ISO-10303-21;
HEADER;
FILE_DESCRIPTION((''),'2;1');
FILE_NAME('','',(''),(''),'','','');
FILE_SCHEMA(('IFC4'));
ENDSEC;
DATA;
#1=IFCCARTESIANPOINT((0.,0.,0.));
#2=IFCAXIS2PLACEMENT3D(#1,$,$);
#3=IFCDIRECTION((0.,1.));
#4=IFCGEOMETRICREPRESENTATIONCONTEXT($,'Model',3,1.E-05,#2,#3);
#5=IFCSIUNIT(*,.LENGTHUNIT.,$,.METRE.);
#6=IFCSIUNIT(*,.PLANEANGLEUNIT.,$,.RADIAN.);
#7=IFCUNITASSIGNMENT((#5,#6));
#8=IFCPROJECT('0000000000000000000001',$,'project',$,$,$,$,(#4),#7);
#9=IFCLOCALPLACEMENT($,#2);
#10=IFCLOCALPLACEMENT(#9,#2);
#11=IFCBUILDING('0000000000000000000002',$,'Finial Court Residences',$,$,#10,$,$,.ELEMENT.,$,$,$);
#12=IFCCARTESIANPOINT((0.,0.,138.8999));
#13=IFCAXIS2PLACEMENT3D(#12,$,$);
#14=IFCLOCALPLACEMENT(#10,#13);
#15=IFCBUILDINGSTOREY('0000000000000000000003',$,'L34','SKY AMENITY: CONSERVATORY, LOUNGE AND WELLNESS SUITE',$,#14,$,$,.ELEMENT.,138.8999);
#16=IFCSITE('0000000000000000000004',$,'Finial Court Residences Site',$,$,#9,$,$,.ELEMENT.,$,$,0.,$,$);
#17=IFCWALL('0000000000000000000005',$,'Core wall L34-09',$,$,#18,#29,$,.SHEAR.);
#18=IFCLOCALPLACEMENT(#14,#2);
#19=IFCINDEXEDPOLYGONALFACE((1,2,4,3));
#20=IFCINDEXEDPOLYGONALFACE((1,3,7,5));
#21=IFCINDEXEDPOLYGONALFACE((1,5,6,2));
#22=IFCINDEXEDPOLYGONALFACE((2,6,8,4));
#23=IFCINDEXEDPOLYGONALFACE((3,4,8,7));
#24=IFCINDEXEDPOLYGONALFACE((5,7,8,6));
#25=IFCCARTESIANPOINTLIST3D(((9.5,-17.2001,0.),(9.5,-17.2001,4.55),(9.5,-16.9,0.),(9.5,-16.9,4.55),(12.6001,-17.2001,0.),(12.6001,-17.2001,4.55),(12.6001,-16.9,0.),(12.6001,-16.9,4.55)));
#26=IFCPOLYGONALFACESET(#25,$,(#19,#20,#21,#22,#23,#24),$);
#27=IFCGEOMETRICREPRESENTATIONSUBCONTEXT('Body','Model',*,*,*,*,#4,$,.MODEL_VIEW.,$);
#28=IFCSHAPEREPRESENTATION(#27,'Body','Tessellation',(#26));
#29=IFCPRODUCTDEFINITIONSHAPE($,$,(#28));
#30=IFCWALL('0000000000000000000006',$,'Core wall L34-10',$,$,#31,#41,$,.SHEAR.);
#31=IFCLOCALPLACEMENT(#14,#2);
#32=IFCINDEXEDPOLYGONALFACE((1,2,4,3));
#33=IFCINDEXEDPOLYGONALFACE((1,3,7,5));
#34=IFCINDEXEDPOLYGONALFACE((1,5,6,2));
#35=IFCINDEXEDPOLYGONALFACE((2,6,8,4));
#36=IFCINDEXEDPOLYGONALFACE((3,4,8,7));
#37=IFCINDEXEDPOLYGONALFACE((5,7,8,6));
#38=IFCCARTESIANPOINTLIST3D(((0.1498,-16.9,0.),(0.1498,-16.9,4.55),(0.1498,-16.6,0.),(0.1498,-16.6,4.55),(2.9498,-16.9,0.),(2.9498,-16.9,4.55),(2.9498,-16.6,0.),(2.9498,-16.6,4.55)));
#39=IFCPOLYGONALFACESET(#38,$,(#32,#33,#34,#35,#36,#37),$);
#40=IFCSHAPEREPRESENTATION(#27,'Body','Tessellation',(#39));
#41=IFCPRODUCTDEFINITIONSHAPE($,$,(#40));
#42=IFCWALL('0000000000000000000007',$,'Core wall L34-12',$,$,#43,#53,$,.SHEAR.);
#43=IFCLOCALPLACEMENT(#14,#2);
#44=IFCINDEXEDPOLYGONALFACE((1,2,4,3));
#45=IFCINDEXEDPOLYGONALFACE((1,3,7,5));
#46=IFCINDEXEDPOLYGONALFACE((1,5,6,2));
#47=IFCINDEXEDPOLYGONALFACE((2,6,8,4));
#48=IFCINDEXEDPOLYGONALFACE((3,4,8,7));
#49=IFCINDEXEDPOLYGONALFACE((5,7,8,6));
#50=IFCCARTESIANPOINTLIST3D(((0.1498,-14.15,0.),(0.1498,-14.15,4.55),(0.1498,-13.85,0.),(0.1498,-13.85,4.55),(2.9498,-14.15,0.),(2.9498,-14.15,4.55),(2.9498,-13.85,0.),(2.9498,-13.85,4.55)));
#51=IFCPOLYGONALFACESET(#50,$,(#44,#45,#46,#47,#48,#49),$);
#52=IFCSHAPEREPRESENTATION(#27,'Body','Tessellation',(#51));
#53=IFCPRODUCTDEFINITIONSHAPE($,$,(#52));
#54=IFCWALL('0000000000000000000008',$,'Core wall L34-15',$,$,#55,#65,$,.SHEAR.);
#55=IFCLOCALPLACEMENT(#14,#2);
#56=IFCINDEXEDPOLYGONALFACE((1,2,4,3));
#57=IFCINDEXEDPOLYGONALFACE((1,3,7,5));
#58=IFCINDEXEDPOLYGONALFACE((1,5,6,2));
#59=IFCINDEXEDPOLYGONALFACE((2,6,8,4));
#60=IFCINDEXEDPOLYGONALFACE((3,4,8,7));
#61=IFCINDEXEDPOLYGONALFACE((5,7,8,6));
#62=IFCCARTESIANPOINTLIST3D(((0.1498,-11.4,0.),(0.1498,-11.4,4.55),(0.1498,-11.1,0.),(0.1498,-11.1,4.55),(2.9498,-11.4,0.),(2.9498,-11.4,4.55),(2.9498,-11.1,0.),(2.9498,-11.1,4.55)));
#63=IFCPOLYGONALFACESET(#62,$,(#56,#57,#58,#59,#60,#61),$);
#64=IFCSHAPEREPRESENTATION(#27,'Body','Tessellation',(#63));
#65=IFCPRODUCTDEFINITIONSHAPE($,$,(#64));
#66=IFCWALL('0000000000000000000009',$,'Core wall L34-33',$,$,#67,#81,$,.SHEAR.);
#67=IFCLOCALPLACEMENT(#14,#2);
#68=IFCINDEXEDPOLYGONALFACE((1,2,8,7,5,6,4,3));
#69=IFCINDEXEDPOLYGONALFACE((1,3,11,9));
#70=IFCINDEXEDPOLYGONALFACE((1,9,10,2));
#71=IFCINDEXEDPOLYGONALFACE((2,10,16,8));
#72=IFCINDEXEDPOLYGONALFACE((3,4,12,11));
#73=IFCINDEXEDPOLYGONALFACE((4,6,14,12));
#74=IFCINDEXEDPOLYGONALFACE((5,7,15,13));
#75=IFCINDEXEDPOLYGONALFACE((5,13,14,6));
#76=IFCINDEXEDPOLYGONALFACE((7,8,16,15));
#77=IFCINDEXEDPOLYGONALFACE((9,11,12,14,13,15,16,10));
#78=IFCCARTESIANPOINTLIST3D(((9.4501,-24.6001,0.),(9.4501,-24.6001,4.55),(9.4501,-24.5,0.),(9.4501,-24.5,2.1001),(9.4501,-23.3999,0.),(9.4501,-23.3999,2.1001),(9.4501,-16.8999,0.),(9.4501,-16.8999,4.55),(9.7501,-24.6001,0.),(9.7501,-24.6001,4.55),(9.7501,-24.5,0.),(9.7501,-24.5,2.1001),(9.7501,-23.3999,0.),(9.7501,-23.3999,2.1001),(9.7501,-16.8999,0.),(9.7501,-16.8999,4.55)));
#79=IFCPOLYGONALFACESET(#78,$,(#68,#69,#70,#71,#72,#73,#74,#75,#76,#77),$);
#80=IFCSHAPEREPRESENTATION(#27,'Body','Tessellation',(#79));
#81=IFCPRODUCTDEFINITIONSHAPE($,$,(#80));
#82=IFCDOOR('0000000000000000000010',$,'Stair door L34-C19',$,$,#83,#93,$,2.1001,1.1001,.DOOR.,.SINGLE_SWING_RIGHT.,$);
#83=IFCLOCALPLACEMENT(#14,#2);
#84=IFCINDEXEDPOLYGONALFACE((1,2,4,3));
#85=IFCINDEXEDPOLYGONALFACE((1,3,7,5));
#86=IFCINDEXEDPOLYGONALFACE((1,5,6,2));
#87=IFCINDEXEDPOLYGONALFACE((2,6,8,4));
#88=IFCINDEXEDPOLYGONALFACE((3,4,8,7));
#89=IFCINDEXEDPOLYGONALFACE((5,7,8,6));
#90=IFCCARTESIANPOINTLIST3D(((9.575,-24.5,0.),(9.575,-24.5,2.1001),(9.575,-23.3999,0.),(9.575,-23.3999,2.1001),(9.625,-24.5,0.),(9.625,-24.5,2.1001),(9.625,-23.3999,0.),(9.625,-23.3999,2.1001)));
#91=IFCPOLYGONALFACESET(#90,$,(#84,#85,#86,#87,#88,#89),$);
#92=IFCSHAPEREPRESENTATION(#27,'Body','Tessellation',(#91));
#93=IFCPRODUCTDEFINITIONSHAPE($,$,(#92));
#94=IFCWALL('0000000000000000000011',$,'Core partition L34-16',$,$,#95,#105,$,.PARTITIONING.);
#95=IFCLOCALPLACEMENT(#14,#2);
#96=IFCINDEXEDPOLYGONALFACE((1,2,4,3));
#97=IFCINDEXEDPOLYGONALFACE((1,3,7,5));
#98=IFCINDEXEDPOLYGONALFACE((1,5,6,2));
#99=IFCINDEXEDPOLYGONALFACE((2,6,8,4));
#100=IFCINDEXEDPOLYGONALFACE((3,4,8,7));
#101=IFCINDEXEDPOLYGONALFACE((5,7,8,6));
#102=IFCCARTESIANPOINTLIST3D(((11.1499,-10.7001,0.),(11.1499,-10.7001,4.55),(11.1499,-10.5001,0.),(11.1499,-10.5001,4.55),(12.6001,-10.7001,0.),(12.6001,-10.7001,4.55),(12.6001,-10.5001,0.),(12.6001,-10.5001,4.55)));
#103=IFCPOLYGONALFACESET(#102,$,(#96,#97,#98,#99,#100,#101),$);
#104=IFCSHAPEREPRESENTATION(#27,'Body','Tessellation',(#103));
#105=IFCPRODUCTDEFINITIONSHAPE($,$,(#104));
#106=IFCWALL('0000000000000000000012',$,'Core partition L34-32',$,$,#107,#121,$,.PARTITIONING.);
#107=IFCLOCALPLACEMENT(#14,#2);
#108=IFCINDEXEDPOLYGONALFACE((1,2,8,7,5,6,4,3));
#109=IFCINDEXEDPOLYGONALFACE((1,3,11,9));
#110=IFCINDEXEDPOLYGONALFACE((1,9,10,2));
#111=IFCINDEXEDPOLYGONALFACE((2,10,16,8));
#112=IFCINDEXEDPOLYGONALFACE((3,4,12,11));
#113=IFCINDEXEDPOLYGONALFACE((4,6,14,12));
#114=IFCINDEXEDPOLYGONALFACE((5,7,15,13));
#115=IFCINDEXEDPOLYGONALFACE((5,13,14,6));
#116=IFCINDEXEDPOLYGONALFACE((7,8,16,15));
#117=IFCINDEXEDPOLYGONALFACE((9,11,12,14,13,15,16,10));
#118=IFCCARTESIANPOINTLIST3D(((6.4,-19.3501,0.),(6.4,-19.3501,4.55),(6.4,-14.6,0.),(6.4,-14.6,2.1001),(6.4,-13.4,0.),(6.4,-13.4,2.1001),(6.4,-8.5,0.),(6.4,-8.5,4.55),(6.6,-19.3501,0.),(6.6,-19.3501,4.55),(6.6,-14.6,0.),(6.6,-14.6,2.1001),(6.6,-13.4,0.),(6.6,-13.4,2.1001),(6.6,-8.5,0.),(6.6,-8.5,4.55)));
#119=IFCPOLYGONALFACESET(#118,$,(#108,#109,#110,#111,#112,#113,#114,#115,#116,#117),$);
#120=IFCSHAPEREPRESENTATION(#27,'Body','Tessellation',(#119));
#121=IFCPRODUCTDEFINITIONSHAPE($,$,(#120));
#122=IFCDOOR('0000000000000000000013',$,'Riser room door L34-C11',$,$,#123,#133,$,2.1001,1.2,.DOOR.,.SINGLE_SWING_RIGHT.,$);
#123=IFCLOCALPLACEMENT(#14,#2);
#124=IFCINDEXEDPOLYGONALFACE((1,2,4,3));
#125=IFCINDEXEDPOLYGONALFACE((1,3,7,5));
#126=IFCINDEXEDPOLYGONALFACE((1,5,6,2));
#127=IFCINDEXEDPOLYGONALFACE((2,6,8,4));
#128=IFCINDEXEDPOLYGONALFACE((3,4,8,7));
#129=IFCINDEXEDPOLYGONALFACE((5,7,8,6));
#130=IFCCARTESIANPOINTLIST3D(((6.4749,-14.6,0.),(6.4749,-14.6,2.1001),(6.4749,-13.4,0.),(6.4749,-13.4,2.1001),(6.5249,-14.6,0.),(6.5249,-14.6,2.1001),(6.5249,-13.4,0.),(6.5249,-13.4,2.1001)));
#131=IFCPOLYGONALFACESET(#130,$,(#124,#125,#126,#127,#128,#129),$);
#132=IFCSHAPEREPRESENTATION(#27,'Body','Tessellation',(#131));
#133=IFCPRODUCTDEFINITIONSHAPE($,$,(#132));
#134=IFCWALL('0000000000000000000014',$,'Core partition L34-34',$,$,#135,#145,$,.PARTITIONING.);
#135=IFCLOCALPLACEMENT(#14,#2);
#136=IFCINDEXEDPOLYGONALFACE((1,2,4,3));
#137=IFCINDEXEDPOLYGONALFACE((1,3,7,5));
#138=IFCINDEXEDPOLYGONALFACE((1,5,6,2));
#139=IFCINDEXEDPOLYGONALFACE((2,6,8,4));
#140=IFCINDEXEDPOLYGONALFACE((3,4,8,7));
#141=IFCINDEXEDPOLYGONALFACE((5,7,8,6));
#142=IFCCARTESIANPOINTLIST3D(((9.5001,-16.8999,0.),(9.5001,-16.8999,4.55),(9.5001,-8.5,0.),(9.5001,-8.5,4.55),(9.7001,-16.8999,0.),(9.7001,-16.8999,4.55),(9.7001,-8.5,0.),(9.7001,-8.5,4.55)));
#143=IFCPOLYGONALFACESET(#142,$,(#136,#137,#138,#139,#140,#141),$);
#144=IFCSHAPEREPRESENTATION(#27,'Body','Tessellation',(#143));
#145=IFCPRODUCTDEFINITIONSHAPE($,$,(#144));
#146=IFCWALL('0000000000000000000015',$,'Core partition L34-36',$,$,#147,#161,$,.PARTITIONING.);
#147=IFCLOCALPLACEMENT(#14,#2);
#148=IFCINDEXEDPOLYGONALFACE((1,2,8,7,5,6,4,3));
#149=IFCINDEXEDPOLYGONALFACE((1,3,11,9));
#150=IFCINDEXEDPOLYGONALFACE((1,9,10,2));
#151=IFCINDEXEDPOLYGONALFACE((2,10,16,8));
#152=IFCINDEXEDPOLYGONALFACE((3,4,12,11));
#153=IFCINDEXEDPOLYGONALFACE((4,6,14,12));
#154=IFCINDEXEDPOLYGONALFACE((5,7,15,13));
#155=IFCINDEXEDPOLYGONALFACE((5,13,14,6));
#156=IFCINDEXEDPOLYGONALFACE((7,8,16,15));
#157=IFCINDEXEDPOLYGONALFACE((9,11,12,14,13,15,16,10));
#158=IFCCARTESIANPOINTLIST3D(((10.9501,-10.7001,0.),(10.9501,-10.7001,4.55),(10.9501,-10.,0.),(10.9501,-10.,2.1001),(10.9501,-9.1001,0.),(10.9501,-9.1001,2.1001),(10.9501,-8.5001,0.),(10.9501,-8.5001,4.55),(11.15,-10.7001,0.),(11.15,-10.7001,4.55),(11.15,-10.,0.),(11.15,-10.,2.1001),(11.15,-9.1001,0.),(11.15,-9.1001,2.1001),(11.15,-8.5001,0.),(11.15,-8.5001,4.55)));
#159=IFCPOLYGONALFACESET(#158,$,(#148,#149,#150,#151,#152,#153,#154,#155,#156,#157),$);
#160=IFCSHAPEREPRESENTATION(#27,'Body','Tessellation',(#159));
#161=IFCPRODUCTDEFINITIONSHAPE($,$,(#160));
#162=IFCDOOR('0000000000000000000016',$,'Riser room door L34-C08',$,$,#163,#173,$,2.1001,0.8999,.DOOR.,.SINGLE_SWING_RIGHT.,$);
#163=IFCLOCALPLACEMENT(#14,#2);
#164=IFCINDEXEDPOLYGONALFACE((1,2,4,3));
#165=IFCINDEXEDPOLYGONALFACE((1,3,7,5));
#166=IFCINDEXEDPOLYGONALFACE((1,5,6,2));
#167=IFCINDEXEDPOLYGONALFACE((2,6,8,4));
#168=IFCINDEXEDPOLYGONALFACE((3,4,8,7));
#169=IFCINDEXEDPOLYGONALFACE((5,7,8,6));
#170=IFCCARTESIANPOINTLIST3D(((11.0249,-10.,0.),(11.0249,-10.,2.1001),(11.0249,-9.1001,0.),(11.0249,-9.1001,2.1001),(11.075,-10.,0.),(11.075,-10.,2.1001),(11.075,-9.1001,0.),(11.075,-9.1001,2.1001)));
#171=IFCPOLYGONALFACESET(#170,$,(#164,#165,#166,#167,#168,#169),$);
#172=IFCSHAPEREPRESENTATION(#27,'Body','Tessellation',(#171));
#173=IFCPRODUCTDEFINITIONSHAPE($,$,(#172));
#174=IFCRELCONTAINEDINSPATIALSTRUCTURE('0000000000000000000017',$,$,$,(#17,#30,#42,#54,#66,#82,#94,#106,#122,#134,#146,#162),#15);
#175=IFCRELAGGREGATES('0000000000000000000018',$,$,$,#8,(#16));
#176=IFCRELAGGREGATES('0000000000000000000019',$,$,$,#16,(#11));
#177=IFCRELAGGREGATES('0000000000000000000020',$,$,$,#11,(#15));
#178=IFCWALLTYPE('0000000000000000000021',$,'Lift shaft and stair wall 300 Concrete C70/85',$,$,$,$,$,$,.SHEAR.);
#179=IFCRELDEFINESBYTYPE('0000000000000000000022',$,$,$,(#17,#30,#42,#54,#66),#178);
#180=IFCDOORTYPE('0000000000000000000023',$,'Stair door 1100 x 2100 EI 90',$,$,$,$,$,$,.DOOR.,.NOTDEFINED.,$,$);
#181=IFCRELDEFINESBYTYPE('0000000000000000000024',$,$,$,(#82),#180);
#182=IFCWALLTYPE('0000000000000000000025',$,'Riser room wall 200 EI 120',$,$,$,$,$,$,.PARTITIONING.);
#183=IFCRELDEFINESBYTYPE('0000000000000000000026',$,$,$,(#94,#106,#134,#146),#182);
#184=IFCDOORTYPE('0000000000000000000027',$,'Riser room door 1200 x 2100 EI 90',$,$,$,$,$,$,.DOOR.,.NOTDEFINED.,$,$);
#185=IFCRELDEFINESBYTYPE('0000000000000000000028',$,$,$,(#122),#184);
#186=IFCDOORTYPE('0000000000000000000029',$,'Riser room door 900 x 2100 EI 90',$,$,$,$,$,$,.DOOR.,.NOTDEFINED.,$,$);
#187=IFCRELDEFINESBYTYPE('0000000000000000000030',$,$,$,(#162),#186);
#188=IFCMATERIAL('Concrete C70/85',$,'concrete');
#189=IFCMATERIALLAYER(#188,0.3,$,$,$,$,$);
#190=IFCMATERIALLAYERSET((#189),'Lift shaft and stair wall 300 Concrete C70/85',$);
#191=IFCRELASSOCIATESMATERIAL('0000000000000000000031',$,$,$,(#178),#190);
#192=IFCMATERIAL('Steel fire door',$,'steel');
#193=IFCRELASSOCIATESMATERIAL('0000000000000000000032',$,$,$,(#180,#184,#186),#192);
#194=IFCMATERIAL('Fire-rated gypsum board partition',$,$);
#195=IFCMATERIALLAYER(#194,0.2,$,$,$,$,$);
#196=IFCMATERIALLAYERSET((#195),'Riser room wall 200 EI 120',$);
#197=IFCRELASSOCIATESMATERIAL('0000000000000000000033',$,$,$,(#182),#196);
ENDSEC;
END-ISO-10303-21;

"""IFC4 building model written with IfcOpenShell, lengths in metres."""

from ifc_helpers import new_model, si_unit, direction, frame, frame_2d, origin, place, context, subcontext, project, spatial, rectangle, extrude, material, layer, layer_set, type_object, element, fill, save


model = new_model("IFC4")

# Units and contexts
model_context = context("Model", 3, precision=1e-05, world=origin(), true_north=direction((0.0, 1.0)))
body_context = subcontext(model_context, "Body", "Model", "MODEL_VIEW")
ifc_project = project(units=[si_unit("LENGTHUNIT", "METRE"), si_unit("PLANEANGLEUNIT", "RADIAN")], contexts=[model_context])

# Site, building, storey
site_placement = place(None, origin())
site = spatial("IfcSite", under=ifc_project, at=site_placement, Name="Finial Court Residences Site", CompositionType="ELEMENT", RefElevation=0.0)
building_placement = place(site_placement, origin())
building = spatial("IfcBuilding", under=site, at=building_placement, Name="Finial Court Residences", CompositionType="ELEMENT")
storey_placement = place(building_placement, frame((0.0, 0.0, 138.8999)))
storey = spatial("IfcBuildingStorey", under=building, at=storey_placement, Name="L34", Description="SKY AMENITY: CONSERVATORY, LOUNGE AND WELLNESS SUITE", CompositionType="ELEMENT", Elevation=138.8999)

# Shared definitions
ifc_material_1 = material(Name="Concrete C70/85", Category="concrete")

# Walls
ifc_layer_1 = layer(ifc_material_1, 0.3)
ifc_layer_set_1 = layer_set([ifc_layer_1], Name="Lift shaft and stair wall 300 Concrete C70/85")
wall_type_1 = type_object("IfcWallType", Name="Lift shaft and stair wall 300 Concrete C70/85", PredefinedType="SHEAR", material=ifc_layer_set_1)
wall_1_placement = place(storey_placement, frame((9.5, -17.05, 0.0), z_axis=(0.0, 0.0, 1.0), x_axis=(1.0, 0.0, 0.0)))
element("IfcWall", 1, at=wall_1_placement, inside=storey, type_object=wall_type_1, Name="Core wall L34-09", PredefinedType="SHEAR", context=body_context, shape_type="SweptSolid", body=[
    extrude(rectangle(XDim=3.1001, YDim=0.3, at=frame_2d((1.55, 0.0))), origin(), (0.0, 0.0, 1.0), 4.55),
])
for number, where, z_axis, x_axis, name in (
    (2, (0.1499, -16.75, 0.0), (0.0, 0.0, 1.0), (1.0, 0.0, 0.0), "Core wall L34-10"),
    (3, (0.1499, -14.0, 0.0), (0.0, 0.0, 1.0), (1.0, 0.0, 0.0), "Core wall L34-12"),
    (4, (0.1499, -11.25, 0.0), (0.0, 0.0, 1.0), (1.0, 0.0, 0.0), "Core wall L34-15"),
):
    element("IfcWall", number, at=place(storey_placement, frame(where, z_axis=z_axis, x_axis=x_axis)), inside=storey, type_object=wall_type_1, Name=name, PredefinedType="SHEAR", context=body_context, shape_type="SweptSolid", body=[
        extrude(rectangle(XDim=2.8, YDim=0.3, at=frame_2d((1.3999, 0.0))), origin(), (0.0, 0.0, 1.0), 4.55),
    ])

# Wall, opening, door
wall_2_placement = place(storey_placement, frame((9.6001, -16.8999, 0.0), z_axis=(0.0, 0.0, 1.0), x_axis=(0.0, -1.0, 0.0)))
wall_2 = element("IfcWall", 5, at=wall_2_placement, inside=storey, type_object=wall_type_1, Name="Core wall L34-33", PredefinedType="SHEAR", context=body_context, shape_type="SweptSolid", body=[
    extrude(rectangle(XDim=7.7002, YDim=0.3, at=frame_2d((3.8501, 0.0))), origin(), (0.0, 0.0, 1.0), 4.55),
])
opening_1_placement = place(wall_2_placement, frame((6.5, 0.0, 0.0)))
opening_1 = element("IfcOpeningElement", 6, at=opening_1_placement, cuts=wall_2, PredefinedType="OPENING", context=body_context, shape_type="SweptSolid", body=[
    extrude(rectangle(XDim=1.1001, YDim=2.1001, at=frame_2d((0.55, 1.05))), frame((0.0, 0.1599, 0.0), z_axis=(0.0, -1.0, 0.0), x_axis=(1.0, 0.0, 0.0)), (0.0, 0.0, 1.0), 0.3201),
])
ifc_material_2 = material(Name="Steel fire door", Category="steel")
door_type_1 = type_object("IfcDoorType", Name="Stair door 1100 x 2100 EI 90", OperationType="NOTDEFINED", PredefinedType="DOOR", material=ifc_material_2)
door_1_placement = place(opening_1_placement, origin())
door_1 = element("IfcDoor", 7, at=door_1_placement, inside=storey, type_object=door_type_1, Name="Stair door L34-C19", OperationType="SINGLE_SWING_RIGHT", OverallHeight=2.1001, OverallWidth=1.1001, PredefinedType="DOOR", context=body_context, shape_type="SweptSolid", body=[
    extrude(rectangle(XDim=1.1001, YDim=2.1001, at=frame_2d((0.55, 1.05))), frame((0.0, 0.0249, 0.0), z_axis=(0.0, -1.0, 0.0), x_axis=(1.0, 0.0, 0.0)), (0.0, 0.0, 1.0), 0.05),
])
fill(opening_1, door_1)

# Wall
ifc_material_3 = material(Name="Fire-rated gypsum board partition")
ifc_layer_2 = layer(ifc_material_3, 0.2)
ifc_layer_set_2 = layer_set([ifc_layer_2], Name="Riser room wall 200 EI 120")
wall_type_2 = type_object("IfcWallType", Name="Riser room wall 200 EI 120", PredefinedType="PARTITIONING", material=ifc_layer_set_2)
wall_3_placement = place(storey_placement, frame((11.1499, -10.6001, 0.0), z_axis=(0.0, 0.0, 1.0), x_axis=(1.0, 0.0, 0.0)))
element("IfcWall", 8, at=wall_3_placement, inside=storey, type_object=wall_type_2, Name="Core partition L34-16", PredefinedType="PARTITIONING", context=body_context, shape_type="SweptSolid", body=[
    extrude(rectangle(XDim=1.4502, YDim=0.2, at=frame_2d((0.7251, 0.0))), origin(), (0.0, 0.0, 1.0), 4.55),
])

# Wall, opening, door
wall_4_placement = place(storey_placement, frame((6.5, -8.5, 0.0), z_axis=(0.0, 0.0, 1.0), x_axis=(0.0, -1.0, 0.0)))
wall_4 = element("IfcWall", 9, at=wall_4_placement, inside=storey, type_object=wall_type_2, Name="Core partition L34-32", PredefinedType="PARTITIONING", context=body_context, shape_type="SweptSolid", body=[
    extrude(rectangle(XDim=10.8501, YDim=0.2, at=frame_2d((5.425, 0.0))), origin(), (0.0, 0.0, 1.0), 4.55),
])
opening_2_placement = place(wall_4_placement, frame((4.8999, 0.0, 0.0)))
opening_2 = element("IfcOpeningElement", 10, at=opening_2_placement, cuts=wall_4, PredefinedType="OPENING", context=body_context, shape_type="SweptSolid", body=[
    extrude(rectangle(XDim=1.2, YDim=2.1001, at=frame_2d((0.6001, 1.05))), frame((0.0, 0.1099, 0.0), z_axis=(0.0, -1.0, 0.0), x_axis=(1.0, 0.0, 0.0)), (0.0, 0.0, 1.0), 0.22),
])
door_type_2 = type_object("IfcDoorType", Name="Riser room door 1200 x 2100 EI 90", OperationType="NOTDEFINED", PredefinedType="DOOR", material=ifc_material_2)
door_2_placement = place(opening_2_placement, origin())
door_2 = element("IfcDoor", 11, at=door_2_placement, inside=storey, type_object=door_type_2, Name="Riser room door L34-C11", OperationType="SINGLE_SWING_RIGHT", OverallHeight=2.1001, OverallWidth=1.2, PredefinedType="DOOR", context=body_context, shape_type="SweptSolid", body=[
    extrude(rectangle(XDim=1.2, YDim=2.1001, at=frame_2d((0.6001, 1.05))), frame((0.0, 0.0249, 0.0), z_axis=(0.0, -1.0, 0.0), x_axis=(1.0, 0.0, 0.0)), (0.0, 0.0, 1.0), 0.05),
])
fill(opening_2, door_2)

# Wall
wall_5_placement = place(storey_placement, frame((9.6001, -16.8999, 0.0), z_axis=(0.0, 0.0, 1.0), x_axis=(0.0, 1.0, 0.0)))
element("IfcWall", 12, at=wall_5_placement, inside=storey, type_object=wall_type_2, Name="Core partition L34-34", PredefinedType="PARTITIONING", context=body_context, shape_type="SweptSolid", body=[
    extrude(rectangle(XDim=8.3999, YDim=0.2, at=frame_2d((4.2, 0.0))), origin(), (0.0, 0.0, 1.0), 4.55),
])

# Wall, opening, door
wall_6_placement = place(storey_placement, frame((11.05, -8.5, 0.0), z_axis=(0.0, 0.0, 1.0), x_axis=(0.0, -1.0, 0.0)))
wall_6 = element("IfcWall", 13, at=wall_6_placement, inside=storey, type_object=wall_type_2, Name="Core partition L34-36", PredefinedType="PARTITIONING", context=body_context, shape_type="SweptSolid", body=[
    extrude(rectangle(XDim=2.2, YDim=0.2, at=frame_2d((1.1001, 0.0))), origin(), (0.0, 0.0, 1.0), 4.55),
])
opening_3_placement = place(wall_6_placement, frame((0.6001, 0.0, 0.0)))
opening_3 = element("IfcOpeningElement", 14, at=opening_3_placement, cuts=wall_6, PredefinedType="OPENING", context=body_context, shape_type="SweptSolid", body=[
    extrude(rectangle(XDim=0.8999, YDim=2.1001, at=frame_2d((0.45, 1.05))), frame((0.0, 0.1099, 0.0), z_axis=(0.0, -1.0, 0.0), x_axis=(1.0, 0.0, 0.0)), (0.0, 0.0, 1.0), 0.22),
])
door_type_3 = type_object("IfcDoorType", Name="Riser room door 900 x 2100 EI 90", OperationType="NOTDEFINED", PredefinedType="DOOR", material=ifc_material_2)
door_3_placement = place(opening_3_placement, origin())
door_3 = element("IfcDoor", 15, at=door_3_placement, inside=storey, type_object=door_type_3, Name="Riser room door L34-C08", OperationType="SINGLE_SWING_RIGHT", OverallHeight=2.1001, OverallWidth=0.8999, PredefinedType="DOOR", context=body_context, shape_type="SweptSolid", body=[
    extrude(rectangle(XDim=0.8999, YDim=2.1001, at=frame_2d((0.45, 1.05))), frame((0.0, 0.0249, 0.0), z_axis=(0.0, -1.0, 0.0), x_axis=(1.0, 0.0, 0.0)), (0.0, 0.0, 1.0), 0.05),
])
fill(opening_3, door_3)

save(model, "model.ifc")
